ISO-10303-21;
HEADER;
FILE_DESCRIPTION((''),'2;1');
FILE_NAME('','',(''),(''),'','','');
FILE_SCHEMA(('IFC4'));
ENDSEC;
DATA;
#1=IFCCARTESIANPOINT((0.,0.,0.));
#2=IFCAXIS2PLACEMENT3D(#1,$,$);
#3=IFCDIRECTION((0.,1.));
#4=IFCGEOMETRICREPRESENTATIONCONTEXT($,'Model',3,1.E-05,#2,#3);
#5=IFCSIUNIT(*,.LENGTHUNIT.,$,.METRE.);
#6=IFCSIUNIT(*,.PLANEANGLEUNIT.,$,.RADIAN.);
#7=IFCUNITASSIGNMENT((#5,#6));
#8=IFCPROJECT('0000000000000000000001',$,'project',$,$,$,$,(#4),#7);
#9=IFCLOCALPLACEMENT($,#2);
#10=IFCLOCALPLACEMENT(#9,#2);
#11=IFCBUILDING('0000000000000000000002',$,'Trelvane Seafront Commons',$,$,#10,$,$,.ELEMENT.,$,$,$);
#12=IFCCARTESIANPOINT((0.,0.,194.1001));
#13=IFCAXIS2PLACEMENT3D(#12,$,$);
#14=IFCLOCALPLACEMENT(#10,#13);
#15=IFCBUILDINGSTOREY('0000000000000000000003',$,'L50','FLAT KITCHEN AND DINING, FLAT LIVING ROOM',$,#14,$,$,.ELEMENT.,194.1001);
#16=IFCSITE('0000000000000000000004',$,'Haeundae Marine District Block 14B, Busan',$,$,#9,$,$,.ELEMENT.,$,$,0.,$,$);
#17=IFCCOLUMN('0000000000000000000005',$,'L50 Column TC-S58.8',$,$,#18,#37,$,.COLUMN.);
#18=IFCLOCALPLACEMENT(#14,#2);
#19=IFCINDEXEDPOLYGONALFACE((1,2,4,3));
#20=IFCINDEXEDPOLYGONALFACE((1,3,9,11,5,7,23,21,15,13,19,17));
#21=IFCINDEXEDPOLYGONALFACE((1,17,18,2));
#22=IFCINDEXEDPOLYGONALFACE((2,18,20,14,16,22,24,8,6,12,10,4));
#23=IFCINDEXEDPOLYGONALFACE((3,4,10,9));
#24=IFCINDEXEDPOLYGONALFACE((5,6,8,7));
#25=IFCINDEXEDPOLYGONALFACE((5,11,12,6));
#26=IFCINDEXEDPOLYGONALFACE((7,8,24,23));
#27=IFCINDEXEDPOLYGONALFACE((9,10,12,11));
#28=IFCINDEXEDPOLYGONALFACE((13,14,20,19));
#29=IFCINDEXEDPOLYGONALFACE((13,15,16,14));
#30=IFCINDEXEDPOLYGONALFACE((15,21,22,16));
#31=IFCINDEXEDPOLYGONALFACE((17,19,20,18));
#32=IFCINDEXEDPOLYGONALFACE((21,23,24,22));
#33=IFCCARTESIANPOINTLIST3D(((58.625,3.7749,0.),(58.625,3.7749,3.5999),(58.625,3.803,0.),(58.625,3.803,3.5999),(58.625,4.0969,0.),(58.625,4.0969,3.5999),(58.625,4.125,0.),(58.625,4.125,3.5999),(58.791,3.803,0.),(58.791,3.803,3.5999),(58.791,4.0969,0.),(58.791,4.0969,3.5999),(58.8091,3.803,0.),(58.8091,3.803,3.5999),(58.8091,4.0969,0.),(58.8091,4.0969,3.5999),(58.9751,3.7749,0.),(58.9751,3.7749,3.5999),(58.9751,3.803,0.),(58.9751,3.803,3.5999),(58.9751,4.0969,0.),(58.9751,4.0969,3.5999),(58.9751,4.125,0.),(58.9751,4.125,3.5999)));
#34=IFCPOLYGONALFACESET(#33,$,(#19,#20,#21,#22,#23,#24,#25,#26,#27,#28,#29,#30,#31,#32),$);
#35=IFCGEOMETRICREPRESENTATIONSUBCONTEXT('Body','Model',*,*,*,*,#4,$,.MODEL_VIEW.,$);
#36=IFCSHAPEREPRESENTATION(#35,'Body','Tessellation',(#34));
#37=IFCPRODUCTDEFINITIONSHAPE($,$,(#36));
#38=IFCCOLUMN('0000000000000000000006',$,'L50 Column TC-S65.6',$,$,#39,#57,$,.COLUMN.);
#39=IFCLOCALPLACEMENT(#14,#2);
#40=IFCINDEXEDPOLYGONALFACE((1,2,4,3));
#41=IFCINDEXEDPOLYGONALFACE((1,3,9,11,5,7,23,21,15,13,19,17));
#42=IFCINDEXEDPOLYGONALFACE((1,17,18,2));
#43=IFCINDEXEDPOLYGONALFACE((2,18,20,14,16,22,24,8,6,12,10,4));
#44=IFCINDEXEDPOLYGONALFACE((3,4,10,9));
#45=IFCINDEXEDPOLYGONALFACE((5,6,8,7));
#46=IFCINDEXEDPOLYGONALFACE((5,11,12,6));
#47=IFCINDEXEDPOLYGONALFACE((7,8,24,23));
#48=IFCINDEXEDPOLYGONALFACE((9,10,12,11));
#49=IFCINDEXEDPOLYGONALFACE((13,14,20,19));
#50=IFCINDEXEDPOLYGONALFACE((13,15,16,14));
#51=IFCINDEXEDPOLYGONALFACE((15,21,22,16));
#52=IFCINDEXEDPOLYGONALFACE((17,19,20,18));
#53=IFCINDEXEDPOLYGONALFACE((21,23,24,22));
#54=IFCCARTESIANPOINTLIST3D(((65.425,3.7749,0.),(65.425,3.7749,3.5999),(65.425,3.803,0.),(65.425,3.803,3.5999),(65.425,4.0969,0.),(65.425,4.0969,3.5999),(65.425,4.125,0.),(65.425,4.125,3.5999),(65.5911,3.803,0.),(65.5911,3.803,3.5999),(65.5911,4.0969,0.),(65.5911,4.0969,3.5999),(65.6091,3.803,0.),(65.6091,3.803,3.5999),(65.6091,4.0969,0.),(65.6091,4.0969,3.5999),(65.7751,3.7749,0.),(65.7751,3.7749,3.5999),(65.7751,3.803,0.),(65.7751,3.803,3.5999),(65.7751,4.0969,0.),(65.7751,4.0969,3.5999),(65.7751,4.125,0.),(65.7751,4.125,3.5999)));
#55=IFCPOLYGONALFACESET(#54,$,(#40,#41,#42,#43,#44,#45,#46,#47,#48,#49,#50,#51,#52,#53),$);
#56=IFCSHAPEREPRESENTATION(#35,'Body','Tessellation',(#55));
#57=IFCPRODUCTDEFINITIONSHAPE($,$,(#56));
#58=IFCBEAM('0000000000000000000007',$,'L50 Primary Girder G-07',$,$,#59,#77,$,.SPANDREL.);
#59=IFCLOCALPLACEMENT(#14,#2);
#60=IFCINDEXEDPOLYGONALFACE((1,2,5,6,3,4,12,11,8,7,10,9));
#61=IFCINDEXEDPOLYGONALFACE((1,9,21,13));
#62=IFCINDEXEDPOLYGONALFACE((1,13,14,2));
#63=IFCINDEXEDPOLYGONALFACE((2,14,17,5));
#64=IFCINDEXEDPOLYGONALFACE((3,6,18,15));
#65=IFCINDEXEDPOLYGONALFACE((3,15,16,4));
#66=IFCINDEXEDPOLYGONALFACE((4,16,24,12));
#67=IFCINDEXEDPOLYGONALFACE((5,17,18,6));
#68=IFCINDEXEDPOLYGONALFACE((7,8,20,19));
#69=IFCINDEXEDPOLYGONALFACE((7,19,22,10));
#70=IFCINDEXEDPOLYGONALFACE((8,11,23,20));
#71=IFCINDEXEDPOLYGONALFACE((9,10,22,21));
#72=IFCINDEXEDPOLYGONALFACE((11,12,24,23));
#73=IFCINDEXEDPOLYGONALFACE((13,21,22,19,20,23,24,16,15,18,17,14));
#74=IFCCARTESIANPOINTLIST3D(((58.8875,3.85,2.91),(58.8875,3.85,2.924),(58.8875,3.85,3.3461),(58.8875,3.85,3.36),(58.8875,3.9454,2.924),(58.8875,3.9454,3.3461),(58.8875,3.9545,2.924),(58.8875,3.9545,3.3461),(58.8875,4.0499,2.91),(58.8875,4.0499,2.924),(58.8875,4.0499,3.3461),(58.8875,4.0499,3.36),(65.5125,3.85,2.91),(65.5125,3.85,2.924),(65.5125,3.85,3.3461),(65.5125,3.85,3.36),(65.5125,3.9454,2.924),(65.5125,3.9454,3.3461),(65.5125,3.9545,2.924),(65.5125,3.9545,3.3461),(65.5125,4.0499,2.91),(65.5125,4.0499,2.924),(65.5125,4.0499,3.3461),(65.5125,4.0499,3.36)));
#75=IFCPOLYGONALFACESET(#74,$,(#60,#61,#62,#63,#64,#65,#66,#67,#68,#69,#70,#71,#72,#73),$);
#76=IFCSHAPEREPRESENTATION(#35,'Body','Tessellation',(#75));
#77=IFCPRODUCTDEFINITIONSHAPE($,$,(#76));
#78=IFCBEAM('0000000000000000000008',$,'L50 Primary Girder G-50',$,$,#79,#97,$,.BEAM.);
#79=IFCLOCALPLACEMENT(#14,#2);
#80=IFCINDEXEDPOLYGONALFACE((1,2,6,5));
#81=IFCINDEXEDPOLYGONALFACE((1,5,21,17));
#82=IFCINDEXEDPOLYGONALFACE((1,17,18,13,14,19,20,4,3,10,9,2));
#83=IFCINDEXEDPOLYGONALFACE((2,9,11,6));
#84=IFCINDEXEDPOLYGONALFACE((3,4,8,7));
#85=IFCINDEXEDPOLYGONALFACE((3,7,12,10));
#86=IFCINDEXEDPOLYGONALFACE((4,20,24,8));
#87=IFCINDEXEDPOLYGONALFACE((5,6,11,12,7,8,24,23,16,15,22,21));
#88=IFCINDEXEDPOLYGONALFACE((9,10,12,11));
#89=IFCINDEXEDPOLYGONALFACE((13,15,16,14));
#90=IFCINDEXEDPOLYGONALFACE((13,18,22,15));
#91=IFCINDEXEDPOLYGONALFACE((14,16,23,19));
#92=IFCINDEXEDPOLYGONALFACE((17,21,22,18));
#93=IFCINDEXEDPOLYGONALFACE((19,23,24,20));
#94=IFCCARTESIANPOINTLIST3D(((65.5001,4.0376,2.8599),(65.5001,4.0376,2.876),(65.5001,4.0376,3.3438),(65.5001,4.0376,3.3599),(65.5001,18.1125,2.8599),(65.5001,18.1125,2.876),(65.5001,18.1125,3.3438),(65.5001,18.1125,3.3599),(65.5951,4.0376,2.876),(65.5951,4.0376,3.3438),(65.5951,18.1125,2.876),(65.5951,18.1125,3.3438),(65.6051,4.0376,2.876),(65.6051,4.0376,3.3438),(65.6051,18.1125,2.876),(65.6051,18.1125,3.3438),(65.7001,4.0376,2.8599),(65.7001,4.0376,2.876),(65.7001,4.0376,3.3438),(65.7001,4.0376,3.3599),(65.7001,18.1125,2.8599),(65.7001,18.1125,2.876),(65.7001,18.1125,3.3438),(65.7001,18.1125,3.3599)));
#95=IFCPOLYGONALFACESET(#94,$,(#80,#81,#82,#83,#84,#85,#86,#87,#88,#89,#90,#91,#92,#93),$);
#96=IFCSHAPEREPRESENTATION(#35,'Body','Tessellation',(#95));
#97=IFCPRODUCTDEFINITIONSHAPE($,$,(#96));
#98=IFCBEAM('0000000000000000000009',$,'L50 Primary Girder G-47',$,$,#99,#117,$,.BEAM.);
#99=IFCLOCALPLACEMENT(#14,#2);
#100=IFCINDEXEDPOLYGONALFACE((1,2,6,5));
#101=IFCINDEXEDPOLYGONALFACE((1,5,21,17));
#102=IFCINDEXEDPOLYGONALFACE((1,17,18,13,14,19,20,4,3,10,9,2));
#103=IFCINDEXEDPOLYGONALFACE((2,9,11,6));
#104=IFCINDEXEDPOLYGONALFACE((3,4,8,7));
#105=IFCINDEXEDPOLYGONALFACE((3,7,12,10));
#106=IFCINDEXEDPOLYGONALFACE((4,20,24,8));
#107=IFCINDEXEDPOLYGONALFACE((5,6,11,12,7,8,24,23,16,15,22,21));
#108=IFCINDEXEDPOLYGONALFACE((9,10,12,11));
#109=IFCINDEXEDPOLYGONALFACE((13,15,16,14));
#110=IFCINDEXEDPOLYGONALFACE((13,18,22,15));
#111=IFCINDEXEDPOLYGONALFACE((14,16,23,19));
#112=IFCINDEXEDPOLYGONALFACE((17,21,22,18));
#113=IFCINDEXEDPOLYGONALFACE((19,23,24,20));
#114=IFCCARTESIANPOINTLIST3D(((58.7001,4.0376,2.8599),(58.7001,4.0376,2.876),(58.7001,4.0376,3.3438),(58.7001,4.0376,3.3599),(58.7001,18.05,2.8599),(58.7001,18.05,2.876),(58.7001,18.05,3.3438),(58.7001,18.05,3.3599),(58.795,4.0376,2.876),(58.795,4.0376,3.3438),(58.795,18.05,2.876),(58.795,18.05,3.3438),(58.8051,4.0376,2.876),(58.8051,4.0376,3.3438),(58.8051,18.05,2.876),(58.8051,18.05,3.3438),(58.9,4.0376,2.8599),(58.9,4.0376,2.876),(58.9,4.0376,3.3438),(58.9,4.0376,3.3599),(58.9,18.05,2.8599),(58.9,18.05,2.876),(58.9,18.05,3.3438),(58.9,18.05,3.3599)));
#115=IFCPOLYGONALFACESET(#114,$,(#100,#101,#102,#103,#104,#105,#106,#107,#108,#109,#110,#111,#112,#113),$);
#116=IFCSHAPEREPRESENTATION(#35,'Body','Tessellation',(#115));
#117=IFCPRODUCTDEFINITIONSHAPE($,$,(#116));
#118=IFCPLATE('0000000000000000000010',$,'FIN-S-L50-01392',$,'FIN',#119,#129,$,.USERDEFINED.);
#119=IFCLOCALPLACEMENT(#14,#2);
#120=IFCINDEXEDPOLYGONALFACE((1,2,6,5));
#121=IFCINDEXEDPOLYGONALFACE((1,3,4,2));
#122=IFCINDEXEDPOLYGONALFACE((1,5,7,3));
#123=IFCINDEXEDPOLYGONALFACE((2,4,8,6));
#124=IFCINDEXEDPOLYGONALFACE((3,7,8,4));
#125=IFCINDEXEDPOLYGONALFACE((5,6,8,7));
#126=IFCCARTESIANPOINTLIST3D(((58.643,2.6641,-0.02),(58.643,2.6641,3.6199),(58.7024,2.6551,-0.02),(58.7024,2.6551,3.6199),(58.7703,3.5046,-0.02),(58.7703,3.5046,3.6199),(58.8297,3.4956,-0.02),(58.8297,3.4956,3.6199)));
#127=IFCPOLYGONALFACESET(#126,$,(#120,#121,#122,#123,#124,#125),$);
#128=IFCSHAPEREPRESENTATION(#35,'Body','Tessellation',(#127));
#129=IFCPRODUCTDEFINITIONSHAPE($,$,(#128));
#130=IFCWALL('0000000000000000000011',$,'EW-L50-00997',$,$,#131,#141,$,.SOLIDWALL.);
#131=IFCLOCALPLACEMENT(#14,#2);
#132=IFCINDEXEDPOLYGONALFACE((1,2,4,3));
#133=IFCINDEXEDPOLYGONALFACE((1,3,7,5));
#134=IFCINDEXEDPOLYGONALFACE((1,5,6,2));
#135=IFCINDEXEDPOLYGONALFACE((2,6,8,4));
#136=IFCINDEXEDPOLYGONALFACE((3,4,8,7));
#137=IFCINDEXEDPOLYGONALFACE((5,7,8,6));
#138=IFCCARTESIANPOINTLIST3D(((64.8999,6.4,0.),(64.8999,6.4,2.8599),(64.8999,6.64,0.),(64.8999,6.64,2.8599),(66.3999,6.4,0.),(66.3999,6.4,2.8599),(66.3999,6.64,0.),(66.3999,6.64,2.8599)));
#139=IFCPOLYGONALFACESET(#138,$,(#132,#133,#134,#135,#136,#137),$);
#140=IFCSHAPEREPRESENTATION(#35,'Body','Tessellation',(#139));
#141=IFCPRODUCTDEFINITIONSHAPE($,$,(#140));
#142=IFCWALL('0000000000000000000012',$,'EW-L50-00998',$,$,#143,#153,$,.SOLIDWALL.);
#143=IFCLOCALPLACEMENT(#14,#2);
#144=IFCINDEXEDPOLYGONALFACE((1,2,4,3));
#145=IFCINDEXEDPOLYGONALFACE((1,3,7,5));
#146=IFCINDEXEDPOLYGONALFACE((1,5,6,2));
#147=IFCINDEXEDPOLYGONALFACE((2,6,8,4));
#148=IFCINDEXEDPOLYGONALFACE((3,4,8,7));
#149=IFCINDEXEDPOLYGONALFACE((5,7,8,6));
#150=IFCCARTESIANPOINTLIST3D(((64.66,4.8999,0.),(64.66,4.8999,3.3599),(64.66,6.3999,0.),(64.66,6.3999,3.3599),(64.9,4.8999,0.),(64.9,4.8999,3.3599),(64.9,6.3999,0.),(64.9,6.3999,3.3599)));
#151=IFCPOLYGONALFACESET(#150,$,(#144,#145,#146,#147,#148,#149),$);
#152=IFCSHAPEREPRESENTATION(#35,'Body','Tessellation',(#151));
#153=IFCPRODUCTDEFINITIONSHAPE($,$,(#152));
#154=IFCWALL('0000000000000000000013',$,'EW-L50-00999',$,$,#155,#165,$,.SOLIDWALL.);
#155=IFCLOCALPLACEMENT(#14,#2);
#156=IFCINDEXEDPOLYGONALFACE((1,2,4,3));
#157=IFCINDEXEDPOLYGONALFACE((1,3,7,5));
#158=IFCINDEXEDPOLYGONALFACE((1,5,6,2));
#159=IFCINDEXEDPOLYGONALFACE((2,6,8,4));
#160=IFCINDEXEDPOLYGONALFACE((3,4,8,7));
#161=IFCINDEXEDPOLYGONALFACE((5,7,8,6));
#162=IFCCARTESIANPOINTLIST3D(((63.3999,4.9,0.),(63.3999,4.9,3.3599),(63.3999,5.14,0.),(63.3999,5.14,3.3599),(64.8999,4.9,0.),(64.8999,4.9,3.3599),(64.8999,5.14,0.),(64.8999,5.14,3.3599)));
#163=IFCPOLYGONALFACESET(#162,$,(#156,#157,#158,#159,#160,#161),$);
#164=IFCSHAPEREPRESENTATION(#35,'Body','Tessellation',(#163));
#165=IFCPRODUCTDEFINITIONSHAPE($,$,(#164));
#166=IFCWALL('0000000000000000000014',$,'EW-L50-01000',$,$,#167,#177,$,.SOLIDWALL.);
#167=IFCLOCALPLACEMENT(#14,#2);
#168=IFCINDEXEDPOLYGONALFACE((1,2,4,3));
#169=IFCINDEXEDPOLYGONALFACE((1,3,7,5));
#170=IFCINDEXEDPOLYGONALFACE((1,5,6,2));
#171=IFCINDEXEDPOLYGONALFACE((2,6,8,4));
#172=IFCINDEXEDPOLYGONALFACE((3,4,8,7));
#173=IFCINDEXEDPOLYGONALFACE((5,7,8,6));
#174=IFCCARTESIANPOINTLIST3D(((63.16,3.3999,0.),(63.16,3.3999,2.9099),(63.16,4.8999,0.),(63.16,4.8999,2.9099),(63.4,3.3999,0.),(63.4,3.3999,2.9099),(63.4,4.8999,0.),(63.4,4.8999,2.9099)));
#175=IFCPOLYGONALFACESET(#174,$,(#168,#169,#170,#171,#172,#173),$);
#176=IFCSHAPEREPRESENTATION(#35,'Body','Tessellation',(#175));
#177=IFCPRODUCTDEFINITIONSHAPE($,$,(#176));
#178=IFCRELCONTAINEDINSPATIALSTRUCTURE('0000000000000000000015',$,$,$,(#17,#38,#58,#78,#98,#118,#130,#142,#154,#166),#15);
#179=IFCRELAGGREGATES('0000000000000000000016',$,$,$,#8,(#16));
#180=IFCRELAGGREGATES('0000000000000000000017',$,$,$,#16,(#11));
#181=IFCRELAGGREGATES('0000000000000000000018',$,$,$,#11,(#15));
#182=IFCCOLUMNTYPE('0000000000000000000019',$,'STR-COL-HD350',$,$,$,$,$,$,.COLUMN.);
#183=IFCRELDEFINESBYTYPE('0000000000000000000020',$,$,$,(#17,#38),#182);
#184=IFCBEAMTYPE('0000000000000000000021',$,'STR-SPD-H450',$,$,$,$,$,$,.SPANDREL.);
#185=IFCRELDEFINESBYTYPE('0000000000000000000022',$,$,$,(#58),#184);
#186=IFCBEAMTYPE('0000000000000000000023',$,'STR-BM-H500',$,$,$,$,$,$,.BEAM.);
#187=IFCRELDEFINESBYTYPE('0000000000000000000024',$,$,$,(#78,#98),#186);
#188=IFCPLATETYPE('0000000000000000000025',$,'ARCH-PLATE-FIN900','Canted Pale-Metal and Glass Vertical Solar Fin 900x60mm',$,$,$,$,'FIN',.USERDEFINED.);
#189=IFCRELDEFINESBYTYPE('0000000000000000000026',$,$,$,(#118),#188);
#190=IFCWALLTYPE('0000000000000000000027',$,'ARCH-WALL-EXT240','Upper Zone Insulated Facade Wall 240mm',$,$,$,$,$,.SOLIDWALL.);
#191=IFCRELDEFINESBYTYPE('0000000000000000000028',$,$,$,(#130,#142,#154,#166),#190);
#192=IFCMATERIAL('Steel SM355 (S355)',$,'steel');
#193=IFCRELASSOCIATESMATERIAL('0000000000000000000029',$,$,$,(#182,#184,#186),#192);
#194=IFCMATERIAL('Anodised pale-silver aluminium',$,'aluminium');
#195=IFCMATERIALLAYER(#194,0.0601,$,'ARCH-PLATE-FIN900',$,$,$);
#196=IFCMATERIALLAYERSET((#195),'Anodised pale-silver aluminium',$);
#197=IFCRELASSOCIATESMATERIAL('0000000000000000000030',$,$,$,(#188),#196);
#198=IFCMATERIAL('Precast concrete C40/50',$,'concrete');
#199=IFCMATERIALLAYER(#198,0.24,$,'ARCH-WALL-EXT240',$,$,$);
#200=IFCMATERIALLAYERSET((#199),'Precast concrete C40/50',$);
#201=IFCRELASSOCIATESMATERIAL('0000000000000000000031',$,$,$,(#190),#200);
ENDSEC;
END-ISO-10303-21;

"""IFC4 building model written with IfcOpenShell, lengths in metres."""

from ifc_helpers import new_model, si_unit, direction, frame, frame_2d, origin, origin_2d, place, context, subcontext, project, spatial, rectangle, i_section, extrude, source, transform, mapped, material, layer, layer_set, material_profile, profile_set, type_object, element, save


model = new_model("IFC4")

# Units and contexts
model_context = context("Model", 3, precision=1e-05, world=origin(), true_north=direction((0.0, 1.0)))
body_context = subcontext(model_context, "Body", "Model", "MODEL_VIEW")
ifc_project = project(units=[si_unit("LENGTHUNIT", "METRE"), si_unit("PLANEANGLEUNIT", "RADIAN")], contexts=[model_context])

# Site, building, storey
site_placement = place(None, origin())
site = spatial("IfcSite", under=ifc_project, at=site_placement, Name="Haeundae Marine District Block 14B, Busan", CompositionType="ELEMENT", RefElevation=0.0)
building_placement = place(site_placement, origin())
building = spatial("IfcBuilding", under=site, at=building_placement, Name="Trelvane Seafront Commons", CompositionType="ELEMENT")
storey_placement = place(building_placement, frame((0.0, 0.0, 194.1001)))
storey = spatial("IfcBuildingStorey", under=building, at=storey_placement, Name="L50", Description="FLAT KITCHEN AND DINING, FLAT LIVING ROOM", CompositionType="ELEMENT", Elevation=194.1001)

# Columns
ifc_material_1 = material(Name="Steel SM355 (S355)", Category="steel")
ifc_material_profile_1 = material_profile(ifc_material_1, i_section(OverallWidth=0.3501, OverallDepth=0.3501, WebThickness=0.0181, FlangeThickness=0.0281, at=origin_2d()), Name="HD-350x350x18x28")
ifc_profile_set_1 = profile_set([ifc_material_profile_1], Name="Steel SM355 (S355)")
column_type = type_object("IfcColumnType", Name="STR-COL-HD350", PredefinedType="COLUMN", material=ifc_profile_set_1)
shared_shape_1 = source(origin(), body_context, "Body", "SweptSolid", [
    extrude(i_section(OverallWidth=0.3501, OverallDepth=0.3501, WebThickness=0.0181, FlangeThickness=0.0281, at=origin_2d()), origin(), (0.0, 0.0, 1.0), 3.5999),
])
for number, where, z_axis, x_axis, name in (
    (1, (58.8, 3.95, 0.0), (0.0, 0.0, 1.0), (1.0, 0.0, 0.0), "L50 Column TC-S58.8"),
    (2, (65.6001, 3.95, 0.0), (0.0, 0.0, 1.0), (1.0, 0.0, 0.0), "L50 Column TC-S65.6"),
):
    element("IfcColumn", number, at=place(storey_placement, frame(where, z_axis=z_axis, x_axis=x_axis)), inside=storey, type_object=column_type, Name=name, PredefinedType="COLUMN", context=body_context, shape_type="MappedRepresentation", body=[
        mapped(shared_shape_1, transform((0.0, 0.0, 0.0), x_axis=(1.0, 0.0, 0.0), y_axis=(0.0, 1.0, 0.0), z_axis=(0.0, 0.0, 1.0), scale=1.0)),
    ])

# Beams
ifc_material_profile_2 = material_profile(ifc_material_1, i_section(OverallWidth=0.2, OverallDepth=0.45, WebThickness=0.009, FlangeThickness=0.0139, at=origin_2d()), Name="H-450x200x9x14")
ifc_profile_set_2 = profile_set([ifc_material_profile_2], Name="Steel SM355 (S355)")
beam_type_1 = type_object("IfcBeamType", Name="STR-SPD-H450", PredefinedType="SPANDREL", material=ifc_profile_set_2)
shared_shape_2 = source(origin(), body_context, "Body", "SweptSolid", [
    extrude(i_section(OverallWidth=0.2, OverallDepth=0.45, WebThickness=0.009, FlangeThickness=0.0139, at=origin_2d()), origin(), (0.0, 0.0, 1.0), 6.625),
])
beam_1_placement = place(storey_placement, frame((58.8875, 3.95, 3.135), z_axis=(1.0, 0.0, 0.0), x_axis=(0.0, 1.0, 0.0)))
element("IfcBeam", 3, at=beam_1_placement, inside=storey, type_object=beam_type_1, Name="L50 Primary Girder G-07", PredefinedType="SPANDREL", context=body_context, shape_type="MappedRepresentation", body=[
    mapped(shared_shape_2, transform((0.0, 0.0, 0.0), x_axis=(1.0, 0.0, 0.0), y_axis=(0.0, 1.0, 0.0), z_axis=(0.0, 0.0, 1.0), scale=1.0)),
])
ifc_material_profile_3 = material_profile(ifc_material_1, i_section(OverallWidth=0.2, OverallDepth=0.5, WebThickness=0.01, FlangeThickness=0.0161, at=origin_2d()), Name="H-500x200x10x16")
ifc_profile_set_3 = profile_set([ifc_material_profile_3], Name="Steel SM355 (S355)")
beam_type_2 = type_object("IfcBeamType", Name="STR-BM-H500", PredefinedType="BEAM", material=ifc_profile_set_3)
shared_shape_3 = source(origin(), body_context, "Body", "SweptSolid", [
    extrude(i_section(OverallWidth=0.2, OverallDepth=0.5, WebThickness=0.01, FlangeThickness=0.0161, at=origin_2d()), origin(), (0.0, 0.0, 1.0), 14.075),
])
beam_2_placement = place(storey_placement, frame((65.6001, 4.0376, 3.1099), z_axis=(0.0, 1.0, 0.0), x_axis=(-1.0, 0.0, 0.0)))
element("IfcBeam", 4, at=beam_2_placement, inside=storey, type_object=beam_type_2, Name="L50 Primary Girder G-50", PredefinedType="BEAM", context=body_context, shape_type="MappedRepresentation", body=[
    mapped(shared_shape_3, transform((0.0, 0.0, 0.0), x_axis=(1.0, 0.0, 0.0), y_axis=(0.0, 1.0, 0.0), z_axis=(0.0, 0.0, 1.0), scale=1.0)),
])
shared_shape_4 = source(origin(), body_context, "Body", "SweptSolid", [
    extrude(i_section(OverallWidth=0.2, OverallDepth=0.5, WebThickness=0.01, FlangeThickness=0.0161, at=origin_2d()), origin(), (0.0, 0.0, 1.0), 14.0125),
])
beam_3_placement = place(storey_placement, frame((58.8, 4.0376, 3.1099), z_axis=(0.0, 1.0, 0.0), x_axis=(-1.0, 0.0, 0.0)))
element("IfcBeam", 5, at=beam_3_placement, inside=storey, type_object=beam_type_2, Name="L50 Primary Girder G-47", PredefinedType="BEAM", context=body_context, shape_type="MappedRepresentation", body=[
    mapped(shared_shape_4, transform((0.0, 0.0, 0.0), x_axis=(1.0, 0.0, 0.0), y_axis=(0.0, 1.0, 0.0), z_axis=(0.0, 0.0, 1.0), scale=1.0)),
])

# Plate
ifc_material_2 = material(Name="Anodised pale-silver aluminium", Category="aluminium")
ifc_layer_1 = layer(ifc_material_2, 0.0601, Name="ARCH-PLATE-FIN900")
ifc_layer_set_1 = layer_set([ifc_layer_1], Name="Anodised pale-silver aluminium")
plate_type = type_object("IfcPlateType", Name="ARCH-PLATE-FIN900", Description="Canted Pale-Metal and Glass Vertical Solar Fin 900x60mm", ElementType="FIN", PredefinedType="USERDEFINED", material=ifc_layer_set_1)
shared_shape_5 = source(origin(), body_context, "Body", "SweptSolid", [
    extrude(rectangle(XDim=0.8501, YDim=0.0601, at=origin_2d()), origin(), (0.0, 0.0, 1.0), 3.6399),
])
plate_placement = place(storey_placement, frame((58.7363, 3.0798, -0.02), z_axis=(0.0, 0.0, 1.0), x_axis=(-0.149767, -0.988721, 0.0)))
element("IfcPlate", 6, at=plate_placement, inside=storey, type_object=plate_type, Name="FIN-S-L50-01392", ObjectType="FIN", PredefinedType="USERDEFINED", context=body_context, shape_type="MappedRepresentation", body=[
    mapped(shared_shape_5, transform((0.0, 0.0, 0.0), x_axis=(1.0, 0.0, 0.0), y_axis=(0.0, 1.0, 0.0), z_axis=(0.0, 0.0, 1.0), scale=1.0)),
])

# Walls
ifc_material_3 = material(Name="Precast concrete C40/50", Category="concrete")
ifc_layer_2 = layer(ifc_material_3, 0.24, Name="ARCH-WALL-EXT240")
ifc_layer_set_2 = layer_set([ifc_layer_2], Name="Precast concrete C40/50")
wall_type_1 = type_object("IfcWallType", Name="ARCH-WALL-EXT240", Description="Upper Zone Insulated Facade Wall 240mm", PredefinedType="SOLIDWALL", material=ifc_layer_set_2)
wall_1_placement = place(storey_placement, frame((66.3999, 6.52, 0.0), z_axis=(0.0, 0.0, 1.0), x_axis=(-1.0, 0.0, 0.0)))
element("IfcWall", 7, at=wall_1_placement, inside=storey, type_object=wall_type_1, Name="EW-L50-00997", PredefinedType="SOLIDWALL", context=body_context, shape_type="SweptSolid", body=[
    extrude(rectangle(XDim=1.5, YDim=0.24, at=frame_2d((0.75, 0.0))), origin(), (0.0, 0.0, 1.0), 2.8599),
])
for number, where, z_axis, x_axis, name in (
    (8, (64.78, 6.3999, 0.0), (0.0, 0.0, 1.0), (0.0, -1.0, 0.0), "EW-L50-00998"),
    (9, (64.8999, 5.02, 0.0), (0.0, 0.0, 1.0), (-1.0, 0.0, 0.0), "EW-L50-00999"),
):
    element("IfcWall", number, at=place(storey_placement, frame(where, z_axis=z_axis, x_axis=x_axis)), inside=storey, type_object=wall_type_1, Name=name, PredefinedType="SOLIDWALL", context=body_context, shape_type="SweptSolid", body=[
        extrude(rectangle(XDim=1.5, YDim=0.24, at=frame_2d((0.75, 0.0))), origin(), (0.0, 0.0, 1.0), 3.3599),
    ])
wall_2_placement = place(storey_placement, frame((63.28, 4.8999, 0.0), z_axis=(0.0, 0.0, 1.0), x_axis=(0.0, -1.0, 0.0)))
element("IfcWall", 10, at=wall_2_placement, inside=storey, type_object=wall_type_1, Name="EW-L50-01000", PredefinedType="SOLIDWALL", context=body_context, shape_type="SweptSolid", body=[
    extrude(rectangle(XDim=1.5, YDim=0.24, at=frame_2d((0.75, 0.0))), origin(), (0.0, 0.0, 1.0), 2.9099),
])

save(model, "model.ifc")
